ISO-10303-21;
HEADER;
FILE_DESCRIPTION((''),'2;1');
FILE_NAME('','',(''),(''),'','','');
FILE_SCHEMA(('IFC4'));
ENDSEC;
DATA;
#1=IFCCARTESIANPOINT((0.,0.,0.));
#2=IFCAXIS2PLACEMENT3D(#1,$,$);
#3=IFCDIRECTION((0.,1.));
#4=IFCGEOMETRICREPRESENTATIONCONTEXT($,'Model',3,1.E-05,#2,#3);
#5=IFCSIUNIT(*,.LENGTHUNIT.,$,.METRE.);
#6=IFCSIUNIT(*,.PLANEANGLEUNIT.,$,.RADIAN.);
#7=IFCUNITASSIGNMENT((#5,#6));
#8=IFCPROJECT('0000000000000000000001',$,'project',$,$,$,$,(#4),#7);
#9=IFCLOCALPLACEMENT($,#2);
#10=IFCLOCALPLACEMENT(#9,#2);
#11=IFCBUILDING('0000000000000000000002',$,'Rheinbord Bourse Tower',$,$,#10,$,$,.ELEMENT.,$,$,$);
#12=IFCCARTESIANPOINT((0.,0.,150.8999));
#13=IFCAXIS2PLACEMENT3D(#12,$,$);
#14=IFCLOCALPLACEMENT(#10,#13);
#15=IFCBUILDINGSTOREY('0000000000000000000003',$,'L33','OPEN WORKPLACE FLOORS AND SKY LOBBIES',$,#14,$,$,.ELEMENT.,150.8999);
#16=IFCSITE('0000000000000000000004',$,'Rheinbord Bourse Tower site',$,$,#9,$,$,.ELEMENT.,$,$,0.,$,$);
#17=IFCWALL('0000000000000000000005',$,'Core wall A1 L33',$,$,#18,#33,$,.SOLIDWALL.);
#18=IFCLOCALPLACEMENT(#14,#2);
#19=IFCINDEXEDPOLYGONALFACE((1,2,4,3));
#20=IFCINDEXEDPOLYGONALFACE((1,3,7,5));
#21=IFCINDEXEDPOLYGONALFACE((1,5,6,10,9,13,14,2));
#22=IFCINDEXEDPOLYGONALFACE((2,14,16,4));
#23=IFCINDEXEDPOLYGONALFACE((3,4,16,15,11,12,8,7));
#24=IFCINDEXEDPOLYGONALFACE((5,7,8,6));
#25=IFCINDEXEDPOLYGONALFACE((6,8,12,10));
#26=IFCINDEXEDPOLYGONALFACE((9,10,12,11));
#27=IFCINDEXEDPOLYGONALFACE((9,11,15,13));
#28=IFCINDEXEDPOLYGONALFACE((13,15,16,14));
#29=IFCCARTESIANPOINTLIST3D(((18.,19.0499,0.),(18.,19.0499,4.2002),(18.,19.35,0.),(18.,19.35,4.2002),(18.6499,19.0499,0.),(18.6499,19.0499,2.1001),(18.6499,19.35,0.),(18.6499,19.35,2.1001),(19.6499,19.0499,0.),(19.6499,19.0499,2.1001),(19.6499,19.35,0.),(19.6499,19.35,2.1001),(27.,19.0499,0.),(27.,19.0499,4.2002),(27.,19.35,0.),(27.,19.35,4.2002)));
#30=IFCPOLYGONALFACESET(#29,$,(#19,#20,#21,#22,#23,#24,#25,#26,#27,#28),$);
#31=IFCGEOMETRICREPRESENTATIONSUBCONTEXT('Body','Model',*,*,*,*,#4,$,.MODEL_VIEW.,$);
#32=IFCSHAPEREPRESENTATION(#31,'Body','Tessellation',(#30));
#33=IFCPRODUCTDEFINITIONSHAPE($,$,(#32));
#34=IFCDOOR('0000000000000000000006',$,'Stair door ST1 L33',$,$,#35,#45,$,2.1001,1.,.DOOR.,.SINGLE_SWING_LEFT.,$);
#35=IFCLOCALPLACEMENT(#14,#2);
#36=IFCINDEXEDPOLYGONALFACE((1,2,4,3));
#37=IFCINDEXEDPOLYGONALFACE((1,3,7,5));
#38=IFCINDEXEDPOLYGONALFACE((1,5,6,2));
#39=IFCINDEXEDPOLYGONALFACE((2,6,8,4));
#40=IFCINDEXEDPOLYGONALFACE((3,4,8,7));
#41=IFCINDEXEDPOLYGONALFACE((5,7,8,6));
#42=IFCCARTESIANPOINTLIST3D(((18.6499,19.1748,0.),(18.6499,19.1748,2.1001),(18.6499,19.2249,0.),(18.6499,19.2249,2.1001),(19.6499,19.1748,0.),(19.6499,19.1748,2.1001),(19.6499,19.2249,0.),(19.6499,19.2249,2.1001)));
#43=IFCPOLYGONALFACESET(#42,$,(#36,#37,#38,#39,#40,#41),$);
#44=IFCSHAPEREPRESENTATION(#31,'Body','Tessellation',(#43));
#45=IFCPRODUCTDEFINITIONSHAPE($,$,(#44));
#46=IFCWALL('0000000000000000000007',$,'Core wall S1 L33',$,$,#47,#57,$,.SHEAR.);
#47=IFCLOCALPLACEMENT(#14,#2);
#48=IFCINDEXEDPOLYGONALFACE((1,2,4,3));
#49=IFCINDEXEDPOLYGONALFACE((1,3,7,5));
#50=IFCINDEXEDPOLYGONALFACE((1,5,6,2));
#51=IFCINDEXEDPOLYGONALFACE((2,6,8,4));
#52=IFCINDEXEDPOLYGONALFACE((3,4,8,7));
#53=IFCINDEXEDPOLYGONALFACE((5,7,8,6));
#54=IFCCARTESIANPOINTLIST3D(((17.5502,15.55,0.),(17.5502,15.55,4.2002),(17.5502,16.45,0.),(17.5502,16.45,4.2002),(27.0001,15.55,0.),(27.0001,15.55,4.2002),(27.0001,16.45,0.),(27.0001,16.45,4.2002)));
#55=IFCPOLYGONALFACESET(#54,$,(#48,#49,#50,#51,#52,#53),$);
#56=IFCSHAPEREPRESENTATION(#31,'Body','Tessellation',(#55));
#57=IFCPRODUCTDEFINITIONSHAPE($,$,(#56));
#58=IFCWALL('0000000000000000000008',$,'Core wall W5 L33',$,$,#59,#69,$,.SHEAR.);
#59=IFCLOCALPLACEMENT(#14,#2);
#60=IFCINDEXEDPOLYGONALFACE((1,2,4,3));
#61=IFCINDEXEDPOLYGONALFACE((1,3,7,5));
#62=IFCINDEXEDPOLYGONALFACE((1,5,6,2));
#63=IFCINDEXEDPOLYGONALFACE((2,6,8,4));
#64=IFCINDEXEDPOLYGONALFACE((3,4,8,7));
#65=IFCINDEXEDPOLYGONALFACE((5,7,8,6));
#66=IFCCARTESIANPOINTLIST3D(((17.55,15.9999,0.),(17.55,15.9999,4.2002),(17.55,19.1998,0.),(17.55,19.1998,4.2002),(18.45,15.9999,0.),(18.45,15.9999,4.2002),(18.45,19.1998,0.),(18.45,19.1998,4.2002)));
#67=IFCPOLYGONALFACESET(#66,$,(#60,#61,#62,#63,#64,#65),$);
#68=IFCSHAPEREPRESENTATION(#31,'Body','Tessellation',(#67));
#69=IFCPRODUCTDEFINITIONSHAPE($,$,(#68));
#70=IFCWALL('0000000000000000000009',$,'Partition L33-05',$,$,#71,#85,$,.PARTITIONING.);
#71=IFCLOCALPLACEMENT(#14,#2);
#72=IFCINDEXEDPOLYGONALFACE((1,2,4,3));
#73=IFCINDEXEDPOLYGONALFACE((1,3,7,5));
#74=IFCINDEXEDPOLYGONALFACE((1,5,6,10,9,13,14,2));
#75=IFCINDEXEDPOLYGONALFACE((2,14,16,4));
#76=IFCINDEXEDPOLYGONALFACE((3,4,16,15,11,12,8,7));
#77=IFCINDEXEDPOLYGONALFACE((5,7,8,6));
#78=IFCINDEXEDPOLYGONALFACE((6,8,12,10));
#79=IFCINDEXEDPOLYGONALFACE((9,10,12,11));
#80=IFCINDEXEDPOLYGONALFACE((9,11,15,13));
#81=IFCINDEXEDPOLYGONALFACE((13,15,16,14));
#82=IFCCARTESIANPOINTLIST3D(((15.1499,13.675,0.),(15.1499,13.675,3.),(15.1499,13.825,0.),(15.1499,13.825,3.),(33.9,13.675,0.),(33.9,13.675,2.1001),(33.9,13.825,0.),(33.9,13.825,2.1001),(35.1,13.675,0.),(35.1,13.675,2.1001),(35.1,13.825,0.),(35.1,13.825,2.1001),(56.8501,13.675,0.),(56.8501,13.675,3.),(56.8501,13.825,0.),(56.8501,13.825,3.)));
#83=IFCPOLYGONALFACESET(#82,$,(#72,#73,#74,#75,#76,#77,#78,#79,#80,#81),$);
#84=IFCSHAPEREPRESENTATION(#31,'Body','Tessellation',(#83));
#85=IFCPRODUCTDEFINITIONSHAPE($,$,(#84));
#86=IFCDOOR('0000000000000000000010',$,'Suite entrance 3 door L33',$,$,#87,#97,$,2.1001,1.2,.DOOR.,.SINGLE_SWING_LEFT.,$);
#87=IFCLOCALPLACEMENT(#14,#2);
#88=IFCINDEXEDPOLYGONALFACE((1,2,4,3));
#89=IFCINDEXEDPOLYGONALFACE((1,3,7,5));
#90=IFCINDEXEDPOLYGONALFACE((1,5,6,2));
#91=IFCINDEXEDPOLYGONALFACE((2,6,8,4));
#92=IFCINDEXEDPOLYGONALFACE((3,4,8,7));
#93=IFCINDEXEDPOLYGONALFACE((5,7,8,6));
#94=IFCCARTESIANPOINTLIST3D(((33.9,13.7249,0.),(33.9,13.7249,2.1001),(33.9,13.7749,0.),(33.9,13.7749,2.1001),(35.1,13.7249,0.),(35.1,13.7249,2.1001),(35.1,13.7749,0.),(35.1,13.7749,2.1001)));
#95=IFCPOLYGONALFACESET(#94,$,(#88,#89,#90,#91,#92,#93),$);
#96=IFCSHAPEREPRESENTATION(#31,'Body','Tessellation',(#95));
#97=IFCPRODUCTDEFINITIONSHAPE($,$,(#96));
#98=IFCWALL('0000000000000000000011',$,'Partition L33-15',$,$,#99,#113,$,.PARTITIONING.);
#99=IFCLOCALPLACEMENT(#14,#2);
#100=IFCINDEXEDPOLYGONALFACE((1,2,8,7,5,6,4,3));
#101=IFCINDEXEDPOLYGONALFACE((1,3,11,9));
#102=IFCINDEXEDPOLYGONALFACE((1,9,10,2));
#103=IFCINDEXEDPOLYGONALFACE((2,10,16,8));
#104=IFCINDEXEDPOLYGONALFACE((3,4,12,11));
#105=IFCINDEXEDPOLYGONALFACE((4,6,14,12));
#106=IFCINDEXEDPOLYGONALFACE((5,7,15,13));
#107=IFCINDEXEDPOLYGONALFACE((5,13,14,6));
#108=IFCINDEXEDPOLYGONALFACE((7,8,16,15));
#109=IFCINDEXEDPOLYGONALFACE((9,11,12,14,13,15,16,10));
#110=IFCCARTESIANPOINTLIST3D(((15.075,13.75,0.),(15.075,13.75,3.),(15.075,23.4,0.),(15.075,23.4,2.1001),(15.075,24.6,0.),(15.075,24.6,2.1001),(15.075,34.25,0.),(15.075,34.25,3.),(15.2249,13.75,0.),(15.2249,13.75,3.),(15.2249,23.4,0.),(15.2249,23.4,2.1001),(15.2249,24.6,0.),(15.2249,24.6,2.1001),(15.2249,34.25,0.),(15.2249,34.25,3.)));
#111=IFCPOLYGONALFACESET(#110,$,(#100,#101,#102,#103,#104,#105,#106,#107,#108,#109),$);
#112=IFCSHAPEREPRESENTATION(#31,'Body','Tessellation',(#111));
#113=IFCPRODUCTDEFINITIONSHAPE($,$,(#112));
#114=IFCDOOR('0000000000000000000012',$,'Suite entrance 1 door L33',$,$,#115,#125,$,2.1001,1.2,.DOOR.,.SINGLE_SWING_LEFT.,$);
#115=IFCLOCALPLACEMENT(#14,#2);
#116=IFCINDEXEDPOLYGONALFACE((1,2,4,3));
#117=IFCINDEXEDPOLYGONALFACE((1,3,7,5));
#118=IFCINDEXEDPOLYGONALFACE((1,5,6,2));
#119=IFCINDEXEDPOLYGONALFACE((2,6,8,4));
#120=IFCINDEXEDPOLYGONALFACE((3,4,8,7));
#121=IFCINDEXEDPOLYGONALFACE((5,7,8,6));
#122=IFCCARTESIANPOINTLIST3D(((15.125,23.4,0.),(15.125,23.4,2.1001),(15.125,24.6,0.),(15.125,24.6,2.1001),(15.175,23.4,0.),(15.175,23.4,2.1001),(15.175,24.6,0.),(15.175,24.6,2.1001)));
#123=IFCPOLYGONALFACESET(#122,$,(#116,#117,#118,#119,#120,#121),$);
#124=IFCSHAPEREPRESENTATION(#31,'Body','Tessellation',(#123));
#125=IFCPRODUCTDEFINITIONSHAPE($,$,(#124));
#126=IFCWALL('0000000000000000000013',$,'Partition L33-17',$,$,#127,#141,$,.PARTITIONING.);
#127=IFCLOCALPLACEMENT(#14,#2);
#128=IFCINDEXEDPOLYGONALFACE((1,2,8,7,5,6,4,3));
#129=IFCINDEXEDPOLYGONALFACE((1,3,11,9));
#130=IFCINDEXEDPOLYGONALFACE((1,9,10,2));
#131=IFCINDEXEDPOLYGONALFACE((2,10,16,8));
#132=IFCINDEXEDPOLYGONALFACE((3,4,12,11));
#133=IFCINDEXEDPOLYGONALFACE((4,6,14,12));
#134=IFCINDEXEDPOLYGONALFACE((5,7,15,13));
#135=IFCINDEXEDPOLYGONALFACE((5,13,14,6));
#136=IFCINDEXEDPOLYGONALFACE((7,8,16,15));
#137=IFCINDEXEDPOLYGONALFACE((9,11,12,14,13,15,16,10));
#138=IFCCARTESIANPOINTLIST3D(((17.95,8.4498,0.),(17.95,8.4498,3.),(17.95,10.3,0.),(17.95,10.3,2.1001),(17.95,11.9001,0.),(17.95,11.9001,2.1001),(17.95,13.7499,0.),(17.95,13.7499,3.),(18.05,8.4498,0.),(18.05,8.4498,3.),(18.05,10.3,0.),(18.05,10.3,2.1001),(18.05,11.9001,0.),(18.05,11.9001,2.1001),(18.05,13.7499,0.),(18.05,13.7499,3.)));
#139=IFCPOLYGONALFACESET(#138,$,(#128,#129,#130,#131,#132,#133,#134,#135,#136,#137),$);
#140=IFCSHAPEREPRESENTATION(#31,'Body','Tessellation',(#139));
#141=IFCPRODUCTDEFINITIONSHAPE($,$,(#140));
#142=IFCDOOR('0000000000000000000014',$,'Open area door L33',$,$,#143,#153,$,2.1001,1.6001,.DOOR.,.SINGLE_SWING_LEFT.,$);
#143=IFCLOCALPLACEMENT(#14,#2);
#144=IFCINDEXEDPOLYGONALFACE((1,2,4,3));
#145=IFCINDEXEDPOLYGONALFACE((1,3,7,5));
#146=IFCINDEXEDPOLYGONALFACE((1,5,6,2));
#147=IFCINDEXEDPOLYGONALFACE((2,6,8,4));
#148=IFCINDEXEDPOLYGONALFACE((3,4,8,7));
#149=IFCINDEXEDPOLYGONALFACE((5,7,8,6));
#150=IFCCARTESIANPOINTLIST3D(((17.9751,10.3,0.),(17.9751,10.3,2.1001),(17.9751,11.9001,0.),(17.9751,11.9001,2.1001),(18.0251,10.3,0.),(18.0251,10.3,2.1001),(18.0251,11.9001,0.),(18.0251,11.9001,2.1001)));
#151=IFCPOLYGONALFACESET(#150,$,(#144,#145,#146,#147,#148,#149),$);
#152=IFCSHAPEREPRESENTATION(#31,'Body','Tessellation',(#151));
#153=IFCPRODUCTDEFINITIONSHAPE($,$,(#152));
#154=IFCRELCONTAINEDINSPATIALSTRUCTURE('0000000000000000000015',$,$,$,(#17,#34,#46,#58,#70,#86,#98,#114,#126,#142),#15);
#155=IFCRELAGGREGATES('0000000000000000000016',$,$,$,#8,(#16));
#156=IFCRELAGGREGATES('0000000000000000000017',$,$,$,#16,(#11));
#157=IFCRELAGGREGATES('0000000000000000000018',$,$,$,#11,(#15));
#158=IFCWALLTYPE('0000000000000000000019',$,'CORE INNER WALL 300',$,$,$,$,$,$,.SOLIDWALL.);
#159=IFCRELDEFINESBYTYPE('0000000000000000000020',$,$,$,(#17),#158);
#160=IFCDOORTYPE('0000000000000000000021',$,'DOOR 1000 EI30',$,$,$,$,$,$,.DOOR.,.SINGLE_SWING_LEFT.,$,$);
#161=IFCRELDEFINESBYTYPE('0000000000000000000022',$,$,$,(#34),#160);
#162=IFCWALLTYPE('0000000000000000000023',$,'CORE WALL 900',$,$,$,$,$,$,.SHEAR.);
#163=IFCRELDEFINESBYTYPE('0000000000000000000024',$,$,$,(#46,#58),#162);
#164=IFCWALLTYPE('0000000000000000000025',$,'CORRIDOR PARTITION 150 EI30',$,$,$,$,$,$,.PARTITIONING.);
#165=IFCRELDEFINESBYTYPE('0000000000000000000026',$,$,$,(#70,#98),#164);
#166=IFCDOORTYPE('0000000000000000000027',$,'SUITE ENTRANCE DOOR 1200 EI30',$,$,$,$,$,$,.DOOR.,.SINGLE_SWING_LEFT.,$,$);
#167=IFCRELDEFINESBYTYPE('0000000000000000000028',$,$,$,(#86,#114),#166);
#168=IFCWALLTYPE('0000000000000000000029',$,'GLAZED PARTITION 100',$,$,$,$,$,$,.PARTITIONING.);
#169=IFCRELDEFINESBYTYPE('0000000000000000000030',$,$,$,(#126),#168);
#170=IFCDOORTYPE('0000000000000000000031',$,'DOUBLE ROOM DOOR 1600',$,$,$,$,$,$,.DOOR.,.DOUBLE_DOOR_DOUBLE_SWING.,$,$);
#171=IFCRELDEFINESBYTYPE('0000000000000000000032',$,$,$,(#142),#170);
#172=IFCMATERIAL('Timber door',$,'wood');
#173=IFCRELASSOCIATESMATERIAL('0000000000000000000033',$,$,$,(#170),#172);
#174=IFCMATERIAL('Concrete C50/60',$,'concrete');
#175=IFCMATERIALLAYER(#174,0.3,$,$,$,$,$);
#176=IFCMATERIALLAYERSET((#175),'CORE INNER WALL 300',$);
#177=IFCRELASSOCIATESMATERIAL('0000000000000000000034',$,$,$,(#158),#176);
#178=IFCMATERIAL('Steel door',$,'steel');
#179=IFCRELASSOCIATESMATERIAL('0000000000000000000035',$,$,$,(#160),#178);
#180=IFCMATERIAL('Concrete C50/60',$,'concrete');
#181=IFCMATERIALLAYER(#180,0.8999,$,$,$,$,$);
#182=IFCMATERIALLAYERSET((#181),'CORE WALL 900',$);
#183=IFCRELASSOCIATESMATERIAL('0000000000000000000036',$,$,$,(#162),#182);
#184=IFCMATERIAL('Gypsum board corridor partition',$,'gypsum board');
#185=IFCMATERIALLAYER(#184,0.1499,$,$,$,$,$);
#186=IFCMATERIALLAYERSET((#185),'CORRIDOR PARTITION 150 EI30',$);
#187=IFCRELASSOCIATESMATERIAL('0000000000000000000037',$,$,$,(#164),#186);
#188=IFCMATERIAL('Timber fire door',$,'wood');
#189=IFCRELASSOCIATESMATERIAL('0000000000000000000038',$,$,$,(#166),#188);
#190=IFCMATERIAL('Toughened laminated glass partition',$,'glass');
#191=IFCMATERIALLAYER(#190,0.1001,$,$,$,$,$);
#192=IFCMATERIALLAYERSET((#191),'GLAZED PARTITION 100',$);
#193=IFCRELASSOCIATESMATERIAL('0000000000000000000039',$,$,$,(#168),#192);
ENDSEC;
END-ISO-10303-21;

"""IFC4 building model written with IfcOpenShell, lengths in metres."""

from ifc_helpers import new_model, si_unit, direction, frame, frame_2d, origin, place, context, subcontext, project, spatial, rectangle, extrude, material, layer, layer_set, type_object, element, fill, save


model = new_model("IFC4")

# Units and contexts
model_context = context("Model", 3, precision=1e-05, world=origin(), true_north=direction((0.0, 1.0)))
body_context = subcontext(model_context, "Body", "Model", "MODEL_VIEW")
ifc_project = project(units=[si_unit("LENGTHUNIT", "METRE"), si_unit("PLANEANGLEUNIT", "RADIAN")], contexts=[model_context])

# Site, building, storey
site_placement = place(None, origin())
site = spatial("IfcSite", under=ifc_project, at=site_placement, Name="Rheinbord Bourse Tower site", CompositionType="ELEMENT", RefElevation=0.0)
building_placement = place(site_placement, origin())
building = spatial("IfcBuilding", under=site, at=building_placement, Name="Rheinbord Bourse Tower", CompositionType="ELEMENT")
storey_placement = place(building_placement, frame((0.0, 0.0, 150.8999)))
storey = spatial("IfcBuildingStorey", under=building, at=storey_placement, Name="L33", Description="OPEN WORKPLACE FLOORS AND SKY LOBBIES", CompositionType="ELEMENT", Elevation=150.8999)

# Shared definitions
ifc_material_1 = material(Name="Timber door", Category="wood")
door_type_1 = type_object("IfcDoorType", Name="DOUBLE ROOM DOOR 1600", OperationType="DOUBLE_DOOR_DOUBLE_SWING", PredefinedType="DOOR", material=ifc_material_1)

# Wall, opening, door
ifc_material_2 = material(Name="Concrete C50/60", Category="concrete")
ifc_layer_1 = layer(ifc_material_2, 0.3)
ifc_layer_set_1 = layer_set([ifc_layer_1], Name="CORE INNER WALL 300")
wall_type_1 = type_object("IfcWallType", Name="CORE INNER WALL 300", PredefinedType="SOLIDWALL", material=ifc_layer_set_1)
wall_1_placement = place(storey_placement, frame((18.0, 19.2, 0.0), z_axis=(0.0, 0.0, 1.0), x_axis=(1.0, 0.0, 0.0)))
wall_1 = element("IfcWall", 1, at=wall_1_placement, inside=storey, type_object=wall_type_1, Name="Core wall A1 L33", PredefinedType="SOLIDWALL", context=body_context, shape_type="SweptSolid", body=[
    extrude(rectangle(XDim=9.0, YDim=0.3, at=frame_2d((4.5, 0.0))), origin(), (0.0, 0.0, 1.0), 4.2002),
])
opening_1_placement = place(wall_1_placement, frame((0.6499, 0.0, 0.0)))
opening_1 = element("IfcOpeningElement", 2, at=opening_1_placement, cuts=wall_1, PredefinedType="OPENING", context=body_context, shape_type="SweptSolid", body=[
    extrude(rectangle(XDim=1.0, YDim=2.1001, at=frame_2d((0.5, 1.05))), frame((0.0, 0.1599, 0.0), z_axis=(0.0, -1.0, 0.0), x_axis=(1.0, 0.0, 0.0)), (0.0, 0.0, 1.0), 0.3201),
])
ifc_material_3 = material(Name="Steel door", Category="steel")
door_type_2 = type_object("IfcDoorType", Name="DOOR 1000 EI30", OperationType="SINGLE_SWING_LEFT", PredefinedType="DOOR", material=ifc_material_3)
door_1_placement = place(opening_1_placement, origin())
door_1 = element("IfcDoor", 3, at=door_1_placement, inside=storey, type_object=door_type_2, Name="Stair door ST1 L33", OperationType="SINGLE_SWING_LEFT", OverallHeight=2.1001, OverallWidth=1.0, PredefinedType="DOOR", context=body_context, shape_type="SweptSolid", body=[
    extrude(rectangle(XDim=1.0, YDim=2.1001, at=frame_2d((0.5, 1.05))), frame((0.0, 0.0249, 0.0), z_axis=(0.0, -1.0, 0.0), x_axis=(1.0, 0.0, 0.0)), (0.0, 0.0, 1.0), 0.05),
])
fill(opening_1, door_1)

# Walls
ifc_material_4 = material(Name="Concrete C50/60", Category="concrete")
ifc_layer_2 = layer(ifc_material_4, 0.8999)
ifc_layer_set_2 = layer_set([ifc_layer_2], Name="CORE WALL 900")
wall_type_2 = type_object("IfcWallType", Name="CORE WALL 900", PredefinedType="SHEAR", material=ifc_layer_set_2)
wall_2_placement = place(storey_placement, frame((17.55, 16.0, 0.0), z_axis=(0.0, 0.0, 1.0), x_axis=(1.0, 0.0, 0.0)))
element("IfcWall", 4, at=wall_2_placement, inside=storey, type_object=wall_type_2, Name="Core wall S1 L33", PredefinedType="SHEAR", context=body_context, shape_type="SweptSolid", body=[
    extrude(rectangle(XDim=9.45, YDim=0.8999, at=frame_2d((4.7251, 0.0))), origin(), (0.0, 0.0, 1.0), 4.2002),
])
wall_3_placement = place(storey_placement, frame((18.0, 19.2, 0.0), z_axis=(0.0, 0.0, 1.0), x_axis=(0.0, -1.0, 0.0)))
element("IfcWall", 5, at=wall_3_placement, inside=storey, type_object=wall_type_2, Name="Core wall W5 L33", PredefinedType="SHEAR", context=body_context, shape_type="SweptSolid", body=[
    extrude(rectangle(XDim=3.2, YDim=0.8999, at=frame_2d((1.6001, 0.0))), origin(), (0.0, 0.0, 1.0), 4.2002),
])

# Walls, openings, doors
ifc_material_5 = material(Name="Gypsum board corridor partition", Category="gypsum board")
ifc_layer_3 = layer(ifc_material_5, 0.1499)
ifc_layer_set_3 = layer_set([ifc_layer_3], Name="CORRIDOR PARTITION 150 EI30")
wall_type_3 = type_object("IfcWallType", Name="CORRIDOR PARTITION 150 EI30", PredefinedType="PARTITIONING", material=ifc_layer_set_3)
wall_4_placement = place(storey_placement, frame((15.1499, 13.75, 0.0), z_axis=(0.0, 0.0, 1.0), x_axis=(1.0, 0.0, 0.0)))
wall_4 = element("IfcWall", 6, at=wall_4_placement, inside=storey, type_object=wall_type_3, Name="Partition L33-05", PredefinedType="PARTITIONING", context=body_context, shape_type="SweptSolid", body=[
    extrude(rectangle(XDim=41.7002, YDim=0.1499, at=frame_2d((20.8501, 0.0))), origin(), (0.0, 0.0, 1.0), 3.0),
])
opening_2_placement = place(wall_4_placement, frame((18.75, 0.0, 0.0)))
opening_2 = element("IfcOpeningElement", 7, at=opening_2_placement, cuts=wall_4, PredefinedType="OPENING", context=body_context, shape_type="SweptSolid", body=[
    extrude(rectangle(XDim=1.2, YDim=2.1001, at=frame_2d((0.6001, 1.05))), frame((0.0, 0.085, 0.0), z_axis=(0.0, -1.0, 0.0), x_axis=(1.0, 0.0, 0.0)), (0.0, 0.0, 1.0), 0.1699),
])
ifc_material_6 = material(Name="Timber fire door", Category="wood")
door_type_3 = type_object("IfcDoorType", Name="SUITE ENTRANCE DOOR 1200 EI30", OperationType="SINGLE_SWING_LEFT", PredefinedType="DOOR", material=ifc_material_6)
door_2_placement = place(opening_2_placement, origin())
door_2 = element("IfcDoor", 8, at=door_2_placement, inside=storey, type_object=door_type_3, Name="Suite entrance 3 door L33", OperationType="SINGLE_SWING_LEFT", OverallHeight=2.1001, OverallWidth=1.2, PredefinedType="DOOR", context=body_context, shape_type="SweptSolid", body=[
    extrude(rectangle(XDim=1.2, YDim=2.1001, at=frame_2d((0.6001, 1.05))), frame((0.0, 0.0249, 0.0), z_axis=(0.0, -1.0, 0.0), x_axis=(1.0, 0.0, 0.0)), (0.0, 0.0, 1.0), 0.05),
])
fill(opening_2, door_2)
wall_5_placement = place(storey_placement, frame((15.1499, 13.75, 0.0), z_axis=(0.0, 0.0, 1.0), x_axis=(0.0, 1.0, 0.0)))
wall_5 = element("IfcWall", 9, at=wall_5_placement, inside=storey, type_object=wall_type_3, Name="Partition L33-15", PredefinedType="PARTITIONING", context=body_context, shape_type="SweptSolid", body=[
    extrude(rectangle(XDim=20.5, YDim=0.1499, at=frame_2d((10.25, 0.0))), origin(), (0.0, 0.0, 1.0), 3.0),
])
opening_3_placement = place(wall_5_placement, frame((9.6499, 0.0, 0.0)))
opening_3 = element("IfcOpeningElement", 10, at=opening_3_placement, cuts=wall_5, PredefinedType="OPENING", context=body_context, shape_type="SweptSolid", body=[
    extrude(rectangle(XDim=1.2, YDim=2.1001, at=frame_2d((0.6001, 1.05))), frame((0.0, 0.085, 0.0), z_axis=(0.0, -1.0, 0.0), x_axis=(1.0, 0.0, 0.0)), (0.0, 0.0, 1.0), 0.1699),
])
door_3_placement = place(opening_3_placement, origin())
door_3 = element("IfcDoor", 11, at=door_3_placement, inside=storey, type_object=door_type_3, Name="Suite entrance 1 door L33", OperationType="SINGLE_SWING_LEFT", OverallHeight=2.1001, OverallWidth=1.2, PredefinedType="DOOR", context=body_context, shape_type="SweptSolid", body=[
    extrude(rectangle(XDim=1.2, YDim=2.1001, at=frame_2d((0.6001, 1.05))), frame((0.0, 0.0249, 0.0), z_axis=(0.0, -1.0, 0.0), x_axis=(1.0, 0.0, 0.0)), (0.0, 0.0, 1.0), 0.05),
])
fill(opening_3, door_3)
ifc_material_7 = material(Name="Toughened laminated glass partition", Category="glass")
ifc_layer_4 = layer(ifc_material_7, 0.1001)
ifc_layer_set_4 = layer_set([ifc_layer_4], Name="GLAZED PARTITION 100")
wall_type_4 = type_object("IfcWallType", Name="GLAZED PARTITION 100", PredefinedType="PARTITIONING", material=ifc_layer_set_4)
wall_6_placement = place(storey_placement, frame((18.0, 8.45, 0.0), z_axis=(0.0, 0.0, 1.0), x_axis=(0.0, 1.0, 0.0)))
wall_6 = element("IfcWall", 12, at=wall_6_placement, inside=storey, type_object=wall_type_4, Name="Partition L33-17", PredefinedType="PARTITIONING", context=body_context, shape_type="SweptSolid", body=[
    extrude(rectangle(XDim=5.3, YDim=0.1001, at=frame_2d((2.6499, 0.0))), origin(), (0.0, 0.0, 1.0), 3.0),
])
opening_4_placement = place(wall_6_placement, frame((1.8501, 0.0, 0.0)))
opening_4 = element("IfcOpeningElement", 13, at=opening_4_placement, cuts=wall_6, PredefinedType="OPENING", context=body_context, shape_type="SweptSolid", body=[
    extrude(rectangle(XDim=1.6001, YDim=2.1001, at=frame_2d((0.8, 1.05))), frame((0.0, 0.0601, 0.0), z_axis=(0.0, -1.0, 0.0), x_axis=(1.0, 0.0, 0.0)), (0.0, 0.0, 1.0), 0.1201),
])
door_4_placement = place(opening_4_placement, origin())
door_4 = element("IfcDoor", 14, at=door_4_placement, inside=storey, type_object=door_type_1, Name="Open area door L33", OperationType="SINGLE_SWING_LEFT", OverallHeight=2.1001, OverallWidth=1.6001, PredefinedType="DOOR", context=body_context, shape_type="SweptSolid", body=[
    extrude(rectangle(XDim=1.6001, YDim=2.1001, at=frame_2d((0.8, 1.05))), frame((0.0, 0.0249, 0.0), z_axis=(0.0, -1.0, 0.0), x_axis=(1.0, 0.0, 0.0)), (0.0, 0.0, 1.0), 0.05),
])
fill(opening_4, door_4)

save(model, "model.ifc")
